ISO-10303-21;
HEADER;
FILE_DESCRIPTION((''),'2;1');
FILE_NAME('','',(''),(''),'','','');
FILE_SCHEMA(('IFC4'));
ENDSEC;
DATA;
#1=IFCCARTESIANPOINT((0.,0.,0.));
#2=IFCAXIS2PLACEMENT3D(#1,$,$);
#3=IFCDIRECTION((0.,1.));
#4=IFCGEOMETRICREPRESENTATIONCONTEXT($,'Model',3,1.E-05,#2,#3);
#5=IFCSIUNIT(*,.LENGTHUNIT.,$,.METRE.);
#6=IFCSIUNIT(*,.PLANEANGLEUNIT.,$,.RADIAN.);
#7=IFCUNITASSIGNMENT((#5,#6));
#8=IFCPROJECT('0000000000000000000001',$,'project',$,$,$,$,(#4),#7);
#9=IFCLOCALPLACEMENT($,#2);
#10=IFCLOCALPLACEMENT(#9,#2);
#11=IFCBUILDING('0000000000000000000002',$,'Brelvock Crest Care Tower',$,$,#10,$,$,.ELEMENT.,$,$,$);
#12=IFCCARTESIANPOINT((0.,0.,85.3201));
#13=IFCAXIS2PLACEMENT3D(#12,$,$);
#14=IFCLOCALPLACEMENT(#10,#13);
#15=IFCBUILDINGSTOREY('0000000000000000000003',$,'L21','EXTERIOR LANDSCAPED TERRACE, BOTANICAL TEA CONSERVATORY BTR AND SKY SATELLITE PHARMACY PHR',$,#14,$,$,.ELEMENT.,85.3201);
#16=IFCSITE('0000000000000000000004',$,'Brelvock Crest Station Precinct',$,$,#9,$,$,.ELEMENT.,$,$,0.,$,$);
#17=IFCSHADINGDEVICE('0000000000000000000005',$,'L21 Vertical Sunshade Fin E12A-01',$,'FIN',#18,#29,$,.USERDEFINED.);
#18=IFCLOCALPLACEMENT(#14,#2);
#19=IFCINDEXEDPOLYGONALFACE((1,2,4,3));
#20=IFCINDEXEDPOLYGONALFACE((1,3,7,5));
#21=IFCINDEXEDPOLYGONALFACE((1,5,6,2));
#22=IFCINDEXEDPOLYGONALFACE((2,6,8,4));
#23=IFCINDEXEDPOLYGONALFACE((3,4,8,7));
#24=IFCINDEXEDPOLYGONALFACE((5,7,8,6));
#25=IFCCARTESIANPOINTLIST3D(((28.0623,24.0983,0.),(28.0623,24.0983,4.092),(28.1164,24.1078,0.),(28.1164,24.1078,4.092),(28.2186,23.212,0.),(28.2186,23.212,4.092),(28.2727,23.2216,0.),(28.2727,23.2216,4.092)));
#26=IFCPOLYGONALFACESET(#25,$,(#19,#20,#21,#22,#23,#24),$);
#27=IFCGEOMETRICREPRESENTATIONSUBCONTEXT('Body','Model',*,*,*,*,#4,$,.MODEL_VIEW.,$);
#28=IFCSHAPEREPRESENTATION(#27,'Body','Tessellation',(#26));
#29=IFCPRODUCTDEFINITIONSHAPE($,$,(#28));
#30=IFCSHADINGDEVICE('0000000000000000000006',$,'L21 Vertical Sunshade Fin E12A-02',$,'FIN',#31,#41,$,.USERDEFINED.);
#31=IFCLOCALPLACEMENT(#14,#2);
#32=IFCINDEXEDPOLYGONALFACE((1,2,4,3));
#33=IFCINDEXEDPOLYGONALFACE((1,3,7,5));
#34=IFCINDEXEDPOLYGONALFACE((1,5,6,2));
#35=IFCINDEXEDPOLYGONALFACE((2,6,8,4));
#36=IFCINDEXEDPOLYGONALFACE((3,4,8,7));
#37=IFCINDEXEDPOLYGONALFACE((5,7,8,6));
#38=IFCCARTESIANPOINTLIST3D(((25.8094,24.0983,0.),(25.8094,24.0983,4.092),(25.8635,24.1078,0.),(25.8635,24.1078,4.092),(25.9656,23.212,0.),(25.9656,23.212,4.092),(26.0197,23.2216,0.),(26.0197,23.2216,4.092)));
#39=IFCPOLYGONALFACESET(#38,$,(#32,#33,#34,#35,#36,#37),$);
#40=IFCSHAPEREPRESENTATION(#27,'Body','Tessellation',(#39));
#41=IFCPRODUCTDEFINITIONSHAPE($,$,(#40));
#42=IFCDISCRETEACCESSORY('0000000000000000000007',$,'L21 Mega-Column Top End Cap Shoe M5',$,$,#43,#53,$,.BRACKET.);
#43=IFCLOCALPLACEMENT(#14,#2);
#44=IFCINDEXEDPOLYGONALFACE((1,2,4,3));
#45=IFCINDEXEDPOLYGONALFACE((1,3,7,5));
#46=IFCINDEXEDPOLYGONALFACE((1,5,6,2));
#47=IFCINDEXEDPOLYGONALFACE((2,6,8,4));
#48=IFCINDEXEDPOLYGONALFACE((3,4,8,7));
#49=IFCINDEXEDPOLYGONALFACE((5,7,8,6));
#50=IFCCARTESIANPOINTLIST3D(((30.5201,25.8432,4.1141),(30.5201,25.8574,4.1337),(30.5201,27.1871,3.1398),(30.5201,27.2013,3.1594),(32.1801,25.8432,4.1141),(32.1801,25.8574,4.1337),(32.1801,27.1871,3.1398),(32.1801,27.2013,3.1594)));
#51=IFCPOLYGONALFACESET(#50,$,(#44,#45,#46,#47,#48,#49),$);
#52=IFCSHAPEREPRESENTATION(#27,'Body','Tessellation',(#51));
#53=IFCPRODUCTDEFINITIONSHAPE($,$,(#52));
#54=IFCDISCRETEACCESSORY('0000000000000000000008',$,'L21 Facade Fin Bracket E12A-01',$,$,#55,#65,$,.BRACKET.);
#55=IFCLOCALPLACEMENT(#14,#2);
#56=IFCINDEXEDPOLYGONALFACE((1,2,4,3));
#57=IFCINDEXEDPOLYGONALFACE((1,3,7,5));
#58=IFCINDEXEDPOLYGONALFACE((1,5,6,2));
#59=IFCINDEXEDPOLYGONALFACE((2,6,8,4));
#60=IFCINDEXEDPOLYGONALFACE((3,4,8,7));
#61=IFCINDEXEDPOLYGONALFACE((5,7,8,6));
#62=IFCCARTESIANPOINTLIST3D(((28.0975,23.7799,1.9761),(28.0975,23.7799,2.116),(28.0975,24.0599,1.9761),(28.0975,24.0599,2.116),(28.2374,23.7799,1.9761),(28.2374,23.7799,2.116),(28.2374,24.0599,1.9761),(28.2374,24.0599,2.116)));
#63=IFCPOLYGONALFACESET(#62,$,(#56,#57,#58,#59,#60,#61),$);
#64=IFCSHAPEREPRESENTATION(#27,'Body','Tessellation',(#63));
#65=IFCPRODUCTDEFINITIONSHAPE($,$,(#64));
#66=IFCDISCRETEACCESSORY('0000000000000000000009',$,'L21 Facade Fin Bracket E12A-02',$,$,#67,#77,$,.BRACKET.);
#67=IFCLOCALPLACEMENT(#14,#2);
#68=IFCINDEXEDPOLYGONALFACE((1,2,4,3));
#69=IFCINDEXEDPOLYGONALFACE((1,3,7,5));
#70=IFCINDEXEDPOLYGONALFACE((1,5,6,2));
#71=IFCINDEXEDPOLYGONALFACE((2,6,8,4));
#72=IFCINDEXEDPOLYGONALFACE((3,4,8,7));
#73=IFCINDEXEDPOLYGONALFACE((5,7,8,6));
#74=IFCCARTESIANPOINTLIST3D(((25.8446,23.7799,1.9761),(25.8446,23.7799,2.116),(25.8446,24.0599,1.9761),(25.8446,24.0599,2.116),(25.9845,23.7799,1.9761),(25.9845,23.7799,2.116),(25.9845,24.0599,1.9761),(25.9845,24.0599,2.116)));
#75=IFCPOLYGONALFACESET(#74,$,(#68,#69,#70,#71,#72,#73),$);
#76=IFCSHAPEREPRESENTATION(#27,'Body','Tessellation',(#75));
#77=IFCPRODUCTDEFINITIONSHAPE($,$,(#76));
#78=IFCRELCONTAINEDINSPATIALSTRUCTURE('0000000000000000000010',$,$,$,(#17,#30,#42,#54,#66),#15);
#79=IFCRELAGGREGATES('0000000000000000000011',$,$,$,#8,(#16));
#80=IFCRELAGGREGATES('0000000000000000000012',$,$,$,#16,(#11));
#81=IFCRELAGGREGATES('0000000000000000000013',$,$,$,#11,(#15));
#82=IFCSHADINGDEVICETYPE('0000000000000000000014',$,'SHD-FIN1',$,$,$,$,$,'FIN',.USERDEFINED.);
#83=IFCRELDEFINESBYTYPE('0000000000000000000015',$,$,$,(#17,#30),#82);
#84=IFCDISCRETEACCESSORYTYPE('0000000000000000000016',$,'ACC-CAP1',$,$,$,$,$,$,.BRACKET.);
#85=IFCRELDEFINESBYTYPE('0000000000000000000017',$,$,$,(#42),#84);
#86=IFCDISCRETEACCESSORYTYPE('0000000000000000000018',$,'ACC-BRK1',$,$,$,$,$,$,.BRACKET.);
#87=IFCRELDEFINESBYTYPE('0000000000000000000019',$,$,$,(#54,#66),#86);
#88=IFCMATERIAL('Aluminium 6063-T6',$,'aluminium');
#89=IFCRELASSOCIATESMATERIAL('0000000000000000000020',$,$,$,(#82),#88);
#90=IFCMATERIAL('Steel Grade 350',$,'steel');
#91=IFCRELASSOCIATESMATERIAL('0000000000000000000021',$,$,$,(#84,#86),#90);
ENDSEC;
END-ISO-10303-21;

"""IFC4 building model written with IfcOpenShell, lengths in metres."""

from ifc_helpers import new_model, si_unit, direction, frame, origin, origin_2d, place, context, subcontext, project, spatial, rectangle, extrude, source, transform, mapped, material, material_profile, profile_set, type_object, element, save


model = new_model("IFC4")

# Units and contexts
model_context = context("Model", 3, precision=1e-05, world=origin(), true_north=direction((0.0, 1.0)))
body_context = subcontext(model_context, "Body", "Model", "MODEL_VIEW")
ifc_project = project(units=[si_unit("LENGTHUNIT", "METRE"), si_unit("PLANEANGLEUNIT", "RADIAN")], contexts=[model_context])

# Site, building, storey
site_placement = place(None, origin())
site = spatial("IfcSite", under=ifc_project, at=site_placement, Name="Brelvock Crest Station Precinct", CompositionType="ELEMENT", RefElevation=0.0)
building_placement = place(site_placement, origin())
building = spatial("IfcBuilding", under=site, at=building_placement, Name="Brelvock Crest Care Tower", CompositionType="ELEMENT")
storey_placement = place(building_placement, frame((0.0, 0.0, 85.3201)))
storey = spatial("IfcBuildingStorey", under=building, at=storey_placement, Name="L21", Description="EXTERIOR LANDSCAPED TERRACE, BOTANICAL TEA CONSERVATORY BTR AND SKY SATELLITE PHARMACY PHR", CompositionType="ELEMENT", Elevation=85.3201)

# Shared definitions
ifc_material_1 = material(Name="Steel Grade 350", Category="steel")

# Shared definitions
ifc_material_2 = material(Name="Aluminium 6063-T6", Category="aluminium")

# Shading devices
ifc_material_profile_1 = material_profile(ifc_material_2, rectangle(XDim=0.0549, YDim=0.8999, at=origin_2d()), Name="FIN55x900")
ifc_profile_set_1 = profile_set([ifc_material_profile_1], Name="Aluminium 6063-T6")
shading_device_type = type_object("IfcShadingDeviceType", Name="SHD-FIN1", ElementType="FIN", PredefinedType="USERDEFINED", material=ifc_profile_set_1)
shared_shape_1 = source(origin(), body_context, "Body", "SweptSolid", [
    extrude(rectangle(XDim=0.0549, YDim=0.8999, at=origin_2d()), origin(), (0.0, 0.0, 1.0), 4.092),
])
for number, where, z_axis, x_axis, name in (
    (1, (28.1675, 23.6599, 0.0), (0.0, 0.0, 1.0), (-0.984808, -0.173648, 0.0), "L21 Vertical Sunshade Fin E12A-01"),
    (2, (25.9146, 23.6599, 0.0), (0.0, 0.0, 1.0), (-0.984808, -0.173648, 0.0), "L21 Vertical Sunshade Fin E12A-02"),
):
    element("IfcShadingDevice", number, at=place(storey_placement, frame(where, z_axis=z_axis, x_axis=x_axis)), inside=storey, type_object=shading_device_type, Name=name, ObjectType="FIN", PredefinedType="USERDEFINED", context=body_context, shape_type="MappedRepresentation", body=[
        mapped(shared_shape_1, transform((0.0, 0.0, 0.0), x_axis=(1.0, 0.0, 0.0), y_axis=(0.0, 1.0, 0.0), z_axis=(0.0, 0.0, 1.0), scale=1.0)),
    ])

# Discrete accessories
ifc_material_profile_2 = material_profile(ifc_material_1, rectangle(XDim=1.6599, YDim=1.6599, at=origin_2d()), Name="ACC-CAP1")
ifc_profile_set_2 = profile_set([ifc_material_profile_2], Name="Steel Grade 350")
discrete_accessory_type_1 = type_object("IfcDiscreteAccessoryType", Name="ACC-CAP1", PredefinedType="BRACKET", material=ifc_profile_set_2)
shared_shape_2 = source(origin(), body_context, "Body", "SweptSolid", [
    extrude(rectangle(XDim=1.6599, YDim=1.6599, at=origin_2d()), origin(), (0.0, 0.0, 1.0), 0.0242),
])
discrete_accessory_placement = place(storey_placement, frame((31.3501, 26.5151, 3.627), z_axis=(0.0, 0.586968, 0.80961), x_axis=(-1.0, 0.0, 0.0)))
element("IfcDiscreteAccessory", 3, at=discrete_accessory_placement, inside=storey, type_object=discrete_accessory_type_1, Name="L21 Mega-Column Top End Cap Shoe M5", PredefinedType="BRACKET", context=body_context, shape_type="MappedRepresentation", body=[
    mapped(shared_shape_2, transform((0.0, 0.0, 0.0), x_axis=(1.0, 0.0, 0.0), y_axis=(0.0, 1.0, 0.0), z_axis=(0.0, 0.0, 1.0), scale=1.0)),
])
discrete_accessory_type_2 = type_object("IfcDiscreteAccessoryType", Name="ACC-BRK1", PredefinedType="BRACKET", material=ifc_material_1)
shared_shape_3 = source(origin(), body_context, "Body", "SweptSolid", [
    extrude(rectangle(XDim=0.28, YDim=0.1399, at=origin_2d()), origin(), (0.0, 0.0, 1.0), 0.1399),
])
for number, where, z_axis, x_axis, name in (
    (4, (28.1675, 23.9199, 1.9761), (0.0, 0.0, 1.0), (0.0, -1.0, 0.0), "L21 Facade Fin Bracket E12A-01"),
    (5, (25.9146, 23.9199, 1.9761), (0.0, 0.0, 1.0), (0.0, -1.0, 0.0), "L21 Facade Fin Bracket E12A-02"),
):
    element("IfcDiscreteAccessory", number, at=place(storey_placement, frame(where, z_axis=z_axis, x_axis=x_axis)), inside=storey, type_object=discrete_accessory_type_2, Name=name, PredefinedType="BRACKET", context=body_context, shape_type="MappedRepresentation", body=[
        mapped(shared_shape_3, transform((0.0, 0.0, 0.0), x_axis=(1.0, 0.0, 0.0), y_axis=(0.0, 1.0, 0.0), z_axis=(0.0, 0.0, 1.0), scale=1.0)),
    ])

save(model, "model.ifc")
